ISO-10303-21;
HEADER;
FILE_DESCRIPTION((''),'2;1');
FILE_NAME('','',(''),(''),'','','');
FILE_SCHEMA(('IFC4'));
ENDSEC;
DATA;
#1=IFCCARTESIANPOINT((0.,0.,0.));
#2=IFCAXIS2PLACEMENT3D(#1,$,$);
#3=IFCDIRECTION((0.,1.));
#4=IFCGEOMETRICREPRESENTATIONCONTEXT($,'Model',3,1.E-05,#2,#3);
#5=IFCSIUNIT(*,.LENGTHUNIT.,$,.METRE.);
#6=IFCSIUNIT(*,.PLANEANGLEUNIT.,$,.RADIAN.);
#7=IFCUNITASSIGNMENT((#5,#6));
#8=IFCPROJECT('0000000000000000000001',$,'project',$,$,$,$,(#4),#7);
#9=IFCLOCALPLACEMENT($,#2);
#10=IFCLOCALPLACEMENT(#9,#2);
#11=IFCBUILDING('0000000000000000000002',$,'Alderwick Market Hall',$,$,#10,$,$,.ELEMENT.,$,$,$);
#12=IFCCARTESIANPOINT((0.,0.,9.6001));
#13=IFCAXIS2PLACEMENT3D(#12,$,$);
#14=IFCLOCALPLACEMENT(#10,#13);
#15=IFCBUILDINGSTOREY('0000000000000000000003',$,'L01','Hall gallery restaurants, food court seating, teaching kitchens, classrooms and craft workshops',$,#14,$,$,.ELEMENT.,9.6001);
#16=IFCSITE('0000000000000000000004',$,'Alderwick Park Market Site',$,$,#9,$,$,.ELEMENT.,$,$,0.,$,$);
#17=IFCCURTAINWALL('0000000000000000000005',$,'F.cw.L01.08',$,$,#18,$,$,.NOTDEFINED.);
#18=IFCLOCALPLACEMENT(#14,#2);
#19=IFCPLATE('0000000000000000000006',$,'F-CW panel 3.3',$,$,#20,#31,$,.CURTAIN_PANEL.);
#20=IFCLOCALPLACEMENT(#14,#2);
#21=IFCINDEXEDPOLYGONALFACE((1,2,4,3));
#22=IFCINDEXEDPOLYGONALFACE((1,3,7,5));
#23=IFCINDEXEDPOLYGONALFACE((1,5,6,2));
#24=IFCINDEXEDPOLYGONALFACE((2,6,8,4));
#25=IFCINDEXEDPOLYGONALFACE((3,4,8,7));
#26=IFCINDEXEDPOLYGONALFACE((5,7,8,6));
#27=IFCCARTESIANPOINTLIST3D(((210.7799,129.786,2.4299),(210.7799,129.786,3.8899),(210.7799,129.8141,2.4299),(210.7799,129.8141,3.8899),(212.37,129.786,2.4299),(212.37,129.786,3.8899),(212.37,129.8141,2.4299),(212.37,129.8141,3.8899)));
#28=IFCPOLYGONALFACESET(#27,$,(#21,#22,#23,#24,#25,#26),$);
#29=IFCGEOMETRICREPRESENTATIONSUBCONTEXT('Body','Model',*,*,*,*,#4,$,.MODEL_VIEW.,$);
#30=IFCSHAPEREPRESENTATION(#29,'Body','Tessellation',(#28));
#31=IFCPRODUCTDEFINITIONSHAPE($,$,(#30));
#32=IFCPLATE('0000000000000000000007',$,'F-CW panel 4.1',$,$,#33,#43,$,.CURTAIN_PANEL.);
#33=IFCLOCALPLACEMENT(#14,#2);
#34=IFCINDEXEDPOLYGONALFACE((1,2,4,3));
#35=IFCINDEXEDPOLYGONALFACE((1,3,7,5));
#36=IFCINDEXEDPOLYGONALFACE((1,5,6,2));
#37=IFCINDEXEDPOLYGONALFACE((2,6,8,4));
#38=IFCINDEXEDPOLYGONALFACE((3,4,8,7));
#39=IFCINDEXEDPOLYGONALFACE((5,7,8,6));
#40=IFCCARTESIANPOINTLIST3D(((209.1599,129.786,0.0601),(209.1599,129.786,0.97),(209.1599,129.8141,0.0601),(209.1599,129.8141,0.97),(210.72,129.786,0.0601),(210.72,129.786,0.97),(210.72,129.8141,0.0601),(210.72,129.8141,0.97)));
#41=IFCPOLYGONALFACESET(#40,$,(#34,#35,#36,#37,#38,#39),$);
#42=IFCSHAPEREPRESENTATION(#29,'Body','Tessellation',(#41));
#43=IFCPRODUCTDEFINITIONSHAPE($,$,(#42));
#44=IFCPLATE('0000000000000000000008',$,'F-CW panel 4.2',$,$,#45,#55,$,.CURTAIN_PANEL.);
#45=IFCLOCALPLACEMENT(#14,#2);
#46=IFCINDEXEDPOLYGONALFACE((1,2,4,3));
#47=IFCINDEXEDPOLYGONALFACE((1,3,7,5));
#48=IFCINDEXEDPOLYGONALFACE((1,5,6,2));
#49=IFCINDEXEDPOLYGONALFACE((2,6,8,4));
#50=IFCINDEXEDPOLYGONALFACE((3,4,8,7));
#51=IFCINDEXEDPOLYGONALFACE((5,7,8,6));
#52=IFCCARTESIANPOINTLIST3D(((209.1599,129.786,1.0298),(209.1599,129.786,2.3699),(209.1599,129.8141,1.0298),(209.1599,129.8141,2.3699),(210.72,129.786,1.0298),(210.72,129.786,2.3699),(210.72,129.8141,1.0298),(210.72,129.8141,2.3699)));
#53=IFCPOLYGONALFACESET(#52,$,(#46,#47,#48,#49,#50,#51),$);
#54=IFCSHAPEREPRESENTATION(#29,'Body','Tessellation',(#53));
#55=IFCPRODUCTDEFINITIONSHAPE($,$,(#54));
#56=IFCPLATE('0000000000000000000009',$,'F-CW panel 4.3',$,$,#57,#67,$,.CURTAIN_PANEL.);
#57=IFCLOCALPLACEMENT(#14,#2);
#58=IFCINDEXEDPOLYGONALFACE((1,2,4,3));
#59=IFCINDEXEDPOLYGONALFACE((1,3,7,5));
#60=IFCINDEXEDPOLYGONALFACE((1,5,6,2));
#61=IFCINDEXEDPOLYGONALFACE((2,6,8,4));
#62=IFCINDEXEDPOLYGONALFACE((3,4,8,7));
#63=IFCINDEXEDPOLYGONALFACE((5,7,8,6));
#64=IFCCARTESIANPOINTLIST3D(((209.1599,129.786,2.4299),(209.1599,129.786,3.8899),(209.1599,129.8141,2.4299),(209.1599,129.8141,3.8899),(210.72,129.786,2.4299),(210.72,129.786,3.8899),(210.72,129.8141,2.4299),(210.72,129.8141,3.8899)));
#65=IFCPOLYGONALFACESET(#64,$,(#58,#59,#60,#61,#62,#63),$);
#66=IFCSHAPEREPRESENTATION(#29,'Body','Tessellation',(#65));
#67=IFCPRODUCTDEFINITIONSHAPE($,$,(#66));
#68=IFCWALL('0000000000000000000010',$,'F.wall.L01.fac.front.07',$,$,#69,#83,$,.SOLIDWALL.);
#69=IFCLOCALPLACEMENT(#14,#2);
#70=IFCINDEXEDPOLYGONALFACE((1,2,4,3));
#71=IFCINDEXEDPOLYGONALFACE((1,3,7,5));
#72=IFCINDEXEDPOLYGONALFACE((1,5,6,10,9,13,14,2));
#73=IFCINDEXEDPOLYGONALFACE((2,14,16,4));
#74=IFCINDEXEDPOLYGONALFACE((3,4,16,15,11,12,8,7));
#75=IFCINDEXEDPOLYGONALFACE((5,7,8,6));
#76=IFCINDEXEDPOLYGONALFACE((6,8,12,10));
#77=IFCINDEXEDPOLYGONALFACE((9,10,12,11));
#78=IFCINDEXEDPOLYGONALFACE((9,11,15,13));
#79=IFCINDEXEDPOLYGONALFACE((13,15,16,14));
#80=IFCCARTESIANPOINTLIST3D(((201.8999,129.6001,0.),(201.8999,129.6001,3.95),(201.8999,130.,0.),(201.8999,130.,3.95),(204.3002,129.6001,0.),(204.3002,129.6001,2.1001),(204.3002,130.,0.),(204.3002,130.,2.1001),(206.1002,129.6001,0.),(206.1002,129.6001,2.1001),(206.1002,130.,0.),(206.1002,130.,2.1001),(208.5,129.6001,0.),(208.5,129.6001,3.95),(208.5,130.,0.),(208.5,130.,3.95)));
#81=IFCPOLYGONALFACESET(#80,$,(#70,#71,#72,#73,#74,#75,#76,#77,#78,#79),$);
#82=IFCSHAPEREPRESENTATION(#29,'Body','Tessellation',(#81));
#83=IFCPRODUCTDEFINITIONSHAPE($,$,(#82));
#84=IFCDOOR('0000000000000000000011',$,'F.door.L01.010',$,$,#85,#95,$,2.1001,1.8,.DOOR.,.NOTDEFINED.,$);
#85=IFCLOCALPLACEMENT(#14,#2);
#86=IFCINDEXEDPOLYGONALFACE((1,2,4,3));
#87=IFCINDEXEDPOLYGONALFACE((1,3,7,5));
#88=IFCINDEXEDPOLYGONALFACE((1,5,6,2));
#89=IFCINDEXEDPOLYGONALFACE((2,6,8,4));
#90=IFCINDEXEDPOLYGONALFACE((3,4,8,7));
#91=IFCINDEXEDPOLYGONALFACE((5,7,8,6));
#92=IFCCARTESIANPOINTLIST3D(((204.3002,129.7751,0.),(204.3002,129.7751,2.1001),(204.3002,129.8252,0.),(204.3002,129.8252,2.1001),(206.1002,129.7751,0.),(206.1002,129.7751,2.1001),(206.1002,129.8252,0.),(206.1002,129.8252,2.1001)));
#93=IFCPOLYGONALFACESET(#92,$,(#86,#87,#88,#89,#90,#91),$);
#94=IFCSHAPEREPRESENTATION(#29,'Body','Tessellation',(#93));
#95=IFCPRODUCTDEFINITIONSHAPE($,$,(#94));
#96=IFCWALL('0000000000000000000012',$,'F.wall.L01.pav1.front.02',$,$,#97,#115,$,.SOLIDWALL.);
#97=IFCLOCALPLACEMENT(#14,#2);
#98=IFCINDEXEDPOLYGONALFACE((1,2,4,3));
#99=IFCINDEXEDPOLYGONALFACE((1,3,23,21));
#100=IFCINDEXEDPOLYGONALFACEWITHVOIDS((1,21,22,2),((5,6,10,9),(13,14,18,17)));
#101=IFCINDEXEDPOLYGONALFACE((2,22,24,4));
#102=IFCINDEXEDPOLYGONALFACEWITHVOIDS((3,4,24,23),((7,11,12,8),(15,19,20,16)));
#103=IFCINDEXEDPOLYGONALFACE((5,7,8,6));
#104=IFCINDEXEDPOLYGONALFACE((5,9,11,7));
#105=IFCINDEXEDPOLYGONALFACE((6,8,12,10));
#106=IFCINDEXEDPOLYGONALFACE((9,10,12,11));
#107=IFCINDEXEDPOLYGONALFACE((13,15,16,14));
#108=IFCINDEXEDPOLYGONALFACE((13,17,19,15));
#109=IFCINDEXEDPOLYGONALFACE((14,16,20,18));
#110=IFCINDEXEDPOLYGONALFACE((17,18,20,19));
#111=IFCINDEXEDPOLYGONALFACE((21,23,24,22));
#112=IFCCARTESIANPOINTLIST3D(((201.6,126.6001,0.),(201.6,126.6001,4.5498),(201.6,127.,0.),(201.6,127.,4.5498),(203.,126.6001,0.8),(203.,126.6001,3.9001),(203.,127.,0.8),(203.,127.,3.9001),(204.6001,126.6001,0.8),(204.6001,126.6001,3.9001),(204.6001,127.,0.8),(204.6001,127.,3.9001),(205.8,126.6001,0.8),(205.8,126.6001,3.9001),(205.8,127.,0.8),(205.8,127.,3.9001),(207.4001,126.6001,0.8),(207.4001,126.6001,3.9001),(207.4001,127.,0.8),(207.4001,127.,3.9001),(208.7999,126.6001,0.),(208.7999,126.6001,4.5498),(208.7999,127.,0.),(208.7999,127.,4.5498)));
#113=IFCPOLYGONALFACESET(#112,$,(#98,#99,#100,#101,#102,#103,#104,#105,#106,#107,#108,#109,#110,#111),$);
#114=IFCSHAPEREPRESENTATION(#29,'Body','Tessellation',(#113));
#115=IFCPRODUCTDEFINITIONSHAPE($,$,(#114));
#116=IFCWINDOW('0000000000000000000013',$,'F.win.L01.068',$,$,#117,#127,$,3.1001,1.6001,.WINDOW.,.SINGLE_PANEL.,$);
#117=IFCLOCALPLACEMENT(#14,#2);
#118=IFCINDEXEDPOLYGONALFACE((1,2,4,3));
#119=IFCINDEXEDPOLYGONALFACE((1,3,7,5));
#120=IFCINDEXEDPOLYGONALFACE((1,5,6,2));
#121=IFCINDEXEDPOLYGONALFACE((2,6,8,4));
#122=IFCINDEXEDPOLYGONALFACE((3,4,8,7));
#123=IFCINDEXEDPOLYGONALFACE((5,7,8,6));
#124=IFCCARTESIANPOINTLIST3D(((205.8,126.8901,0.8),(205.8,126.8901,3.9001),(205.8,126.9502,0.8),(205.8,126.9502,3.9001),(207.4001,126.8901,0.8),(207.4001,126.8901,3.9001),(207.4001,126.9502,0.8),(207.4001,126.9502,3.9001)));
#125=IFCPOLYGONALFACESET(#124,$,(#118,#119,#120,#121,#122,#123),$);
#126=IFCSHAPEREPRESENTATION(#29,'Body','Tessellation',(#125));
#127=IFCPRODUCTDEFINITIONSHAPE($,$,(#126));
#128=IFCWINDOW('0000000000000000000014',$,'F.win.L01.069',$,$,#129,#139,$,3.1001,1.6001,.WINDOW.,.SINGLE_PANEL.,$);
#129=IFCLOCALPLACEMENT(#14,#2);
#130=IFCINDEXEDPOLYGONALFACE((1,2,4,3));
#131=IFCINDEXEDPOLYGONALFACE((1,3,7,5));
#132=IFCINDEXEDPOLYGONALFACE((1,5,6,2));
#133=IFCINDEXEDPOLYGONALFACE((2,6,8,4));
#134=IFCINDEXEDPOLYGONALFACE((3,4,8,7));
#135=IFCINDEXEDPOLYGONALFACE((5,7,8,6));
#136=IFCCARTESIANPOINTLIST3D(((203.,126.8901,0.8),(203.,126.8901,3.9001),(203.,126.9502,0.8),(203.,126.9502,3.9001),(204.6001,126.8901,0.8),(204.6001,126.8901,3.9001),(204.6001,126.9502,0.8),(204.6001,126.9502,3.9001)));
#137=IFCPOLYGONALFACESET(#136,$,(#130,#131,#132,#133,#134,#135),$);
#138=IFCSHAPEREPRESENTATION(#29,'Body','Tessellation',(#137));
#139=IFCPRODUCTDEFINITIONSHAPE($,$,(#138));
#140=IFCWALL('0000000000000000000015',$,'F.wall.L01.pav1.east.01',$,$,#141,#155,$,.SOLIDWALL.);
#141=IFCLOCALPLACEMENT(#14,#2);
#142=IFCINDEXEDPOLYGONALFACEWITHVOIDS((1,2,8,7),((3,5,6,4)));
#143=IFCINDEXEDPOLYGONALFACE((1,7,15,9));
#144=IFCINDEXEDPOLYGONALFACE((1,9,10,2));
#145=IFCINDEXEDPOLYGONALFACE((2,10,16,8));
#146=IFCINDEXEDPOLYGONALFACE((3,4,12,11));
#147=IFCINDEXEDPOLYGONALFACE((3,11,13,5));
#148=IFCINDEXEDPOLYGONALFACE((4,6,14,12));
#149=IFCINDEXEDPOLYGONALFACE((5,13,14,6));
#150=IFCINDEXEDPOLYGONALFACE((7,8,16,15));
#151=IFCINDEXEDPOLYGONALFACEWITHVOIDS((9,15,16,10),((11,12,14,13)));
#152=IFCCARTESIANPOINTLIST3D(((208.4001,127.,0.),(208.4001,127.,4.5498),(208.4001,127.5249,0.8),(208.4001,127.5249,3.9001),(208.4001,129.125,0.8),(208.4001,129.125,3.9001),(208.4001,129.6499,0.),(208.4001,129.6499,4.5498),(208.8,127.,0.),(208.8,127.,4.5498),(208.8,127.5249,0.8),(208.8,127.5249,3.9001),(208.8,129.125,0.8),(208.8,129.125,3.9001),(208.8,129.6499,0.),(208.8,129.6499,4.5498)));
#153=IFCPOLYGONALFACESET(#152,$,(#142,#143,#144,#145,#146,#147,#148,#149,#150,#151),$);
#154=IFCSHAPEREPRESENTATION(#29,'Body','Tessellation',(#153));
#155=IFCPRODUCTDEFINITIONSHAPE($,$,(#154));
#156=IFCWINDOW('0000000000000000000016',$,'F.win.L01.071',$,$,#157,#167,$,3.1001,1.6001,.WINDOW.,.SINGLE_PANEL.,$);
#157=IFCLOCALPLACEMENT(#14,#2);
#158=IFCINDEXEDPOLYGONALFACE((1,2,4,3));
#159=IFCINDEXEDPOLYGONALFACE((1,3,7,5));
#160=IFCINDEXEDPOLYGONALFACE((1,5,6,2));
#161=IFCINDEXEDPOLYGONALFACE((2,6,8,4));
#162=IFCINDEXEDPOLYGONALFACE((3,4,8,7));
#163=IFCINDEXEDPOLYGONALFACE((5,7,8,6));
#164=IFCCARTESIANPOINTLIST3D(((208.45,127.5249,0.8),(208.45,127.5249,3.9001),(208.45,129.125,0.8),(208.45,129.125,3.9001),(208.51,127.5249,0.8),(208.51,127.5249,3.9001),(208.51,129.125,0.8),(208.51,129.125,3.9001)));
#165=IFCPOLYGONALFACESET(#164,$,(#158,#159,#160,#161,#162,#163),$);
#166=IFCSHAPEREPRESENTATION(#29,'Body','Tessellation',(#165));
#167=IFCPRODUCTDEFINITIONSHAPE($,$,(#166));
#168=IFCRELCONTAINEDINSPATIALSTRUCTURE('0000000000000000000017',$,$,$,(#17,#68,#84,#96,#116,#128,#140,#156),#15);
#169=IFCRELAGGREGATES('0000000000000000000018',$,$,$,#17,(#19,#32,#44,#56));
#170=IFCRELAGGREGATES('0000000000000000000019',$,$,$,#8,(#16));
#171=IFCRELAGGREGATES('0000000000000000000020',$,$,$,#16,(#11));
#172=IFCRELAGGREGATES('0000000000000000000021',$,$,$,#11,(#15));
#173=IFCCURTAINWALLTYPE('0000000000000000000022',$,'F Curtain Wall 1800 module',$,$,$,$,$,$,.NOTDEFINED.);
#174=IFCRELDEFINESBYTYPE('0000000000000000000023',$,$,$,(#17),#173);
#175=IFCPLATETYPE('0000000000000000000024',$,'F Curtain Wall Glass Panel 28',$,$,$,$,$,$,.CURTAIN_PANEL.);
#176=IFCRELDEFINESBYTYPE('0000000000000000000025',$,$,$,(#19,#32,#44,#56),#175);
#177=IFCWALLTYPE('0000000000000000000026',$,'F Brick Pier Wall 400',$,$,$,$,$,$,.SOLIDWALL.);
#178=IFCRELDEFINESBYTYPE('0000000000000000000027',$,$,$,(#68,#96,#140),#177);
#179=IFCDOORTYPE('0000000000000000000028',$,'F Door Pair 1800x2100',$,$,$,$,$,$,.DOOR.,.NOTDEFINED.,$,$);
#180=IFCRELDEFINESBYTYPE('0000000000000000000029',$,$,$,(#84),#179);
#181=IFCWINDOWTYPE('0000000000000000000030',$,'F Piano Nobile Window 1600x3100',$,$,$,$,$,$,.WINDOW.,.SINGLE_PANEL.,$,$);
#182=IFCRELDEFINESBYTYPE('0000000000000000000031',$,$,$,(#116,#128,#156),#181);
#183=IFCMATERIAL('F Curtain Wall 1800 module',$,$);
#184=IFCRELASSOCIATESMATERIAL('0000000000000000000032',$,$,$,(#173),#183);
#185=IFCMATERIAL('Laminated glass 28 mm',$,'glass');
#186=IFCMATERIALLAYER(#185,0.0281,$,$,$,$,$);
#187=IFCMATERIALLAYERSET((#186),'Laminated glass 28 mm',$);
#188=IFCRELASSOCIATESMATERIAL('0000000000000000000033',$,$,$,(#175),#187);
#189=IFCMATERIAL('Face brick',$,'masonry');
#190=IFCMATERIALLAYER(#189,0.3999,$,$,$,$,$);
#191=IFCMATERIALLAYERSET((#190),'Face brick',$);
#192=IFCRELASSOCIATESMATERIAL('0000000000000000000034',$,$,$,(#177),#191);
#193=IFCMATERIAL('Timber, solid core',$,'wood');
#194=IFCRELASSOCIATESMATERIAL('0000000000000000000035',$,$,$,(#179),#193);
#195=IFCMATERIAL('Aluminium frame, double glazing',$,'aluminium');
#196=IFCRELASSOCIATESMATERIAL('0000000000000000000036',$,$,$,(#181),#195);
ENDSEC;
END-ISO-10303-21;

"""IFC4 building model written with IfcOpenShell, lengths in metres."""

from ifc_helpers import new_model, si_unit, direction, frame, frame_2d, origin, origin_2d, place, context, subcontext, project, spatial, rectangle, extrude, material, layer, layer_set, type_object, element, fill, aggregate, save


model = new_model("IFC4")

# Units and contexts
model_context = context("Model", 3, precision=1e-05, world=origin(), true_north=direction((0.0, 1.0)))
body_context = subcontext(model_context, "Body", "Model", "MODEL_VIEW")
ifc_project = project(units=[si_unit("LENGTHUNIT", "METRE"), si_unit("PLANEANGLEUNIT", "RADIAN")], contexts=[model_context])

# Site, building, storey
site_placement = place(None, origin())
site = spatial("IfcSite", under=ifc_project, at=site_placement, Name="Alderwick Park Market Site", CompositionType="ELEMENT", RefElevation=0.0)
building_placement = place(site_placement, origin())
building = spatial("IfcBuilding", under=site, at=building_placement, Name="Alderwick Market Hall", CompositionType="ELEMENT")
storey_placement = place(building_placement, frame((0.0, 0.0, 9.6001)))
storey = spatial("IfcBuildingStorey", under=building, at=storey_placement, Name="L01", Description="Hall gallery restaurants, food court seating, teaching kitchens, classrooms and craft workshops", CompositionType="ELEMENT", Elevation=9.6001)

# Curtain wall, plates
ifc_material_1 = material(Name="F Curtain Wall 1800 module")
curtain_wall_type = type_object("IfcCurtainWallType", Name="F Curtain Wall 1800 module", PredefinedType="NOTDEFINED", material=ifc_material_1)
curtain_wall_placement = place(storey_placement, origin())
curtain_wall = element("IfcCurtainWall", 1, at=curtain_wall_placement, inside=storey, type_object=curtain_wall_type, Name="F.cw.L01.08", PredefinedType="NOTDEFINED")
ifc_material_2 = material(Name="Laminated glass 28 mm", Category="glass")
ifc_layer_1 = layer(ifc_material_2, 0.0281)
ifc_layer_set_1 = layer_set([ifc_layer_1], Name="Laminated glass 28 mm")
plate_type = type_object("IfcPlateType", Name="F Curtain Wall Glass Panel 28", PredefinedType="CURTAIN_PANEL", material=ifc_layer_set_1)
plate_1_placement = place(storey_placement, frame((211.575, 129.8, 2.4299), z_axis=(0.0, 0.0, 1.0), x_axis=(-1.0, 0.0, 0.0)))
plate_1 = element("IfcPlate", 2, at=plate_1_placement, type_object=plate_type, Name="F-CW panel 3.3", PredefinedType="CURTAIN_PANEL", context=body_context, shape_type="SweptSolid", body=[
    extrude(rectangle(XDim=1.5901, YDim=0.0281, at=origin_2d()), origin(), (0.0, 0.0, 1.0), 1.46),
])
plate_2_placement = place(storey_placement, frame((209.9399, 129.8, 0.0601), z_axis=(0.0, 0.0, 1.0), x_axis=(-1.0, 0.0, 0.0)))
plate_2 = element("IfcPlate", 3, at=plate_2_placement, type_object=plate_type, Name="F-CW panel 4.1", PredefinedType="CURTAIN_PANEL", context=body_context, shape_type="SweptSolid", body=[
    extrude(rectangle(XDim=1.5601, YDim=0.0281, at=origin_2d()), origin(), (0.0, 0.0, 1.0), 0.9099),
])
plate_3_placement = place(storey_placement, frame((209.9399, 129.8, 1.0298), z_axis=(0.0, 0.0, 1.0), x_axis=(-1.0, 0.0, 0.0)))
plate_3 = element("IfcPlate", 4, at=plate_3_placement, type_object=plate_type, Name="F-CW panel 4.2", PredefinedType="CURTAIN_PANEL", context=body_context, shape_type="SweptSolid", body=[
    extrude(rectangle(XDim=1.5601, YDim=0.0281, at=origin_2d()), origin(), (0.0, 0.0, 1.0), 1.3401),
])
plate_4_placement = place(storey_placement, frame((209.9399, 129.8, 2.4299), z_axis=(0.0, 0.0, 1.0), x_axis=(-1.0, 0.0, 0.0)))
plate_4 = element("IfcPlate", 5, at=plate_4_placement, type_object=plate_type, Name="F-CW panel 4.3", PredefinedType="CURTAIN_PANEL", context=body_context, shape_type="SweptSolid", body=[
    extrude(rectangle(XDim=1.5601, YDim=0.0281, at=origin_2d()), origin(), (0.0, 0.0, 1.0), 1.46),
])
aggregate(curtain_wall, [plate_1, plate_2, plate_3, plate_4])

# Wall, opening, door
ifc_material_3 = material(Name="Face brick", Category="masonry")
ifc_layer_2 = layer(ifc_material_3, 0.3999)
ifc_layer_set_2 = layer_set([ifc_layer_2], Name="Face brick")
wall_type = type_object("IfcWallType", Name="F Brick Pier Wall 400", PredefinedType="SOLIDWALL", material=ifc_layer_set_2)
wall_1_placement = place(storey_placement, frame((208.5, 129.8, 0.0), z_axis=(0.0, 0.0, 1.0), x_axis=(-1.0, 0.0, 0.0)))
wall_1 = element("IfcWall", 6, at=wall_1_placement, inside=storey, type_object=wall_type, Name="F.wall.L01.fac.front.07", PredefinedType="SOLIDWALL", context=body_context, shape_type="SweptSolid", body=[
    extrude(rectangle(XDim=6.6001, YDim=0.3999, at=frame_2d((3.3, 0.0))), origin(), (0.0, 0.0, 1.0), 3.95),
])
opening_1_placement = place(wall_1_placement, frame((2.3999, 0.0, 0.0)))
opening_1 = element("IfcOpeningElement", 7, at=opening_1_placement, cuts=wall_1, PredefinedType="OPENING", context=body_context, shape_type="SweptSolid", body=[
    extrude(rectangle(XDim=1.8, YDim=2.1001, at=frame_2d((0.8999, 1.05))), frame((0.0, 0.21, 0.0), z_axis=(0.0, -1.0, 0.0), x_axis=(1.0, 0.0, 0.0)), (0.0, 0.0, 1.0), 0.4199),
])
ifc_material_4 = material(Name="Timber, solid core", Category="wood")
door_type = type_object("IfcDoorType", Name="F Door Pair 1800x2100", OperationType="NOTDEFINED", PredefinedType="DOOR", material=ifc_material_4)
door_placement = place(opening_1_placement, origin())
door = element("IfcDoor", 8, at=door_placement, inside=storey, type_object=door_type, Name="F.door.L01.010", OperationType="NOTDEFINED", OverallHeight=2.1001, OverallWidth=1.8, PredefinedType="DOOR", context=body_context, shape_type="SweptSolid", body=[
    extrude(rectangle(XDim=1.8, YDim=2.1001, at=frame_2d((0.8999, 1.05))), frame((0.0, 0.0249, 0.0), z_axis=(0.0, -1.0, 0.0), x_axis=(1.0, 0.0, 0.0)), (0.0, 0.0, 1.0), 0.05),
])
fill(opening_1, door)

# Wall, openings, windows
wall_2_placement = place(storey_placement, frame((208.8, 126.8, 0.0), z_axis=(0.0, 0.0, 1.0), x_axis=(-1.0, 0.0, 0.0)))
wall_2 = element("IfcWall", 9, at=wall_2_placement, inside=storey, type_object=wall_type, Name="F.wall.L01.pav1.front.02", PredefinedType="SOLIDWALL", context=body_context, shape_type="SweptSolid", body=[
    extrude(rectangle(XDim=7.2, YDim=0.3999, at=frame_2d((3.6001, 0.0))), origin(), (0.0, 0.0, 1.0), 4.5498),
])
opening_2_placement = place(wall_2_placement, frame((1.3999, 0.0, 0.8)))
opening_2 = element("IfcOpeningElement", 10, at=opening_2_placement, cuts=wall_2, PredefinedType="OPENING", context=body_context, shape_type="SweptSolid", body=[
    extrude(rectangle(XDim=1.6001, YDim=3.1001, at=frame_2d((0.8, 1.55))), frame((0.0, 0.21, 0.0), z_axis=(0.0, -1.0, 0.0), x_axis=(1.0, 0.0, 0.0)), (0.0, 0.0, 1.0), 0.4199),
])
opening_3_placement = place(wall_2_placement, frame((4.2, 0.0, 0.8)))
opening_3 = element("IfcOpeningElement", 11, at=opening_3_placement, cuts=wall_2, PredefinedType="OPENING", context=body_context, shape_type="SweptSolid", body=[
    extrude(rectangle(XDim=1.6001, YDim=3.1001, at=frame_2d((0.8, 1.55))), frame((0.0, 0.21, 0.0), z_axis=(0.0, -1.0, 0.0), x_axis=(1.0, 0.0, 0.0)), (0.0, 0.0, 1.0), 0.4199),
])
ifc_material_5 = material(Name="Aluminium frame, double glazing", Category="aluminium")
window_type = type_object("IfcWindowType", Name="F Piano Nobile Window 1600x3100", PartitioningType="SINGLE_PANEL", PredefinedType="WINDOW", material=ifc_material_5)
window_1_placement = place(opening_2_placement, origin())
window_1 = element("IfcWindow", 12, at=window_1_placement, inside=storey, type_object=window_type, Name="F.win.L01.068", OverallHeight=3.1001, OverallWidth=1.6001, PartitioningType="SINGLE_PANEL", PredefinedType="WINDOW", context=body_context, shape_type="SweptSolid", body=[
    extrude(rectangle(XDim=1.6001, YDim=3.1001, at=frame_2d((0.8, 1.55))), frame((0.0, -0.0901, 0.0), z_axis=(0.0, -1.0, 0.0), x_axis=(1.0, 0.0, 0.0)), (0.0, 0.0, 1.0), 0.0601),
])
fill(opening_2, window_1)
window_2_placement = place(opening_3_placement, origin())
window_2 = element("IfcWindow", 13, at=window_2_placement, inside=storey, type_object=window_type, Name="F.win.L01.069", OverallHeight=3.1001, OverallWidth=1.6001, PartitioningType="SINGLE_PANEL", PredefinedType="WINDOW", context=body_context, shape_type="SweptSolid", body=[
    extrude(rectangle(XDim=1.6001, YDim=3.1001, at=frame_2d((0.8, 1.55))), frame((0.0, -0.0901, 0.0), z_axis=(0.0, -1.0, 0.0), x_axis=(1.0, 0.0, 0.0)), (0.0, 0.0, 1.0), 0.0601),
])
fill(opening_3, window_2)

# Wall, opening, window
wall_3_placement = place(storey_placement, frame((208.6001, 129.6499, 0.0), z_axis=(0.0, 0.0, 1.0), x_axis=(0.0, -1.0, 0.0)))
wall_3 = element("IfcWall", 14, at=wall_3_placement, inside=storey, type_object=wall_type, Name="F.wall.L01.pav1.east.01", PredefinedType="SOLIDWALL", context=body_context, shape_type="SweptSolid", body=[
    extrude(rectangle(XDim=2.6499, YDim=0.3999, at=frame_2d((1.325, 0.0))), origin(), (0.0, 0.0, 1.0), 4.5498),
])
opening_4_placement = place(wall_3_placement, frame((0.5249, 0.0, 0.8)))
opening_4 = element("IfcOpeningElement", 15, at=opening_4_placement, cuts=wall_3, PredefinedType="OPENING", context=body_context, shape_type="SweptSolid", body=[
    extrude(rectangle(XDim=1.6001, YDim=3.1001, at=frame_2d((0.8, 1.55))), frame((0.0, 0.21, 0.0), z_axis=(0.0, -1.0, 0.0), x_axis=(1.0, 0.0, 0.0)), (0.0, 0.0, 1.0), 0.4199),
])
window_3_placement = place(opening_4_placement, origin())
window_3 = element("IfcWindow", 16, at=window_3_placement, inside=storey, type_object=window_type, Name="F.win.L01.071", OverallHeight=3.1001, OverallWidth=1.6001, PartitioningType="SINGLE_PANEL", PredefinedType="WINDOW", context=body_context, shape_type="SweptSolid", body=[
    extrude(rectangle(XDim=1.6001, YDim=3.1001, at=frame_2d((0.8, 1.55))), frame((0.0, -0.0901, 0.0), z_axis=(0.0, -1.0, 0.0), x_axis=(1.0, 0.0, 0.0)), (0.0, 0.0, 1.0), 0.0601),
])
fill(opening_4, window_3)

save(model, "model.ifc")
